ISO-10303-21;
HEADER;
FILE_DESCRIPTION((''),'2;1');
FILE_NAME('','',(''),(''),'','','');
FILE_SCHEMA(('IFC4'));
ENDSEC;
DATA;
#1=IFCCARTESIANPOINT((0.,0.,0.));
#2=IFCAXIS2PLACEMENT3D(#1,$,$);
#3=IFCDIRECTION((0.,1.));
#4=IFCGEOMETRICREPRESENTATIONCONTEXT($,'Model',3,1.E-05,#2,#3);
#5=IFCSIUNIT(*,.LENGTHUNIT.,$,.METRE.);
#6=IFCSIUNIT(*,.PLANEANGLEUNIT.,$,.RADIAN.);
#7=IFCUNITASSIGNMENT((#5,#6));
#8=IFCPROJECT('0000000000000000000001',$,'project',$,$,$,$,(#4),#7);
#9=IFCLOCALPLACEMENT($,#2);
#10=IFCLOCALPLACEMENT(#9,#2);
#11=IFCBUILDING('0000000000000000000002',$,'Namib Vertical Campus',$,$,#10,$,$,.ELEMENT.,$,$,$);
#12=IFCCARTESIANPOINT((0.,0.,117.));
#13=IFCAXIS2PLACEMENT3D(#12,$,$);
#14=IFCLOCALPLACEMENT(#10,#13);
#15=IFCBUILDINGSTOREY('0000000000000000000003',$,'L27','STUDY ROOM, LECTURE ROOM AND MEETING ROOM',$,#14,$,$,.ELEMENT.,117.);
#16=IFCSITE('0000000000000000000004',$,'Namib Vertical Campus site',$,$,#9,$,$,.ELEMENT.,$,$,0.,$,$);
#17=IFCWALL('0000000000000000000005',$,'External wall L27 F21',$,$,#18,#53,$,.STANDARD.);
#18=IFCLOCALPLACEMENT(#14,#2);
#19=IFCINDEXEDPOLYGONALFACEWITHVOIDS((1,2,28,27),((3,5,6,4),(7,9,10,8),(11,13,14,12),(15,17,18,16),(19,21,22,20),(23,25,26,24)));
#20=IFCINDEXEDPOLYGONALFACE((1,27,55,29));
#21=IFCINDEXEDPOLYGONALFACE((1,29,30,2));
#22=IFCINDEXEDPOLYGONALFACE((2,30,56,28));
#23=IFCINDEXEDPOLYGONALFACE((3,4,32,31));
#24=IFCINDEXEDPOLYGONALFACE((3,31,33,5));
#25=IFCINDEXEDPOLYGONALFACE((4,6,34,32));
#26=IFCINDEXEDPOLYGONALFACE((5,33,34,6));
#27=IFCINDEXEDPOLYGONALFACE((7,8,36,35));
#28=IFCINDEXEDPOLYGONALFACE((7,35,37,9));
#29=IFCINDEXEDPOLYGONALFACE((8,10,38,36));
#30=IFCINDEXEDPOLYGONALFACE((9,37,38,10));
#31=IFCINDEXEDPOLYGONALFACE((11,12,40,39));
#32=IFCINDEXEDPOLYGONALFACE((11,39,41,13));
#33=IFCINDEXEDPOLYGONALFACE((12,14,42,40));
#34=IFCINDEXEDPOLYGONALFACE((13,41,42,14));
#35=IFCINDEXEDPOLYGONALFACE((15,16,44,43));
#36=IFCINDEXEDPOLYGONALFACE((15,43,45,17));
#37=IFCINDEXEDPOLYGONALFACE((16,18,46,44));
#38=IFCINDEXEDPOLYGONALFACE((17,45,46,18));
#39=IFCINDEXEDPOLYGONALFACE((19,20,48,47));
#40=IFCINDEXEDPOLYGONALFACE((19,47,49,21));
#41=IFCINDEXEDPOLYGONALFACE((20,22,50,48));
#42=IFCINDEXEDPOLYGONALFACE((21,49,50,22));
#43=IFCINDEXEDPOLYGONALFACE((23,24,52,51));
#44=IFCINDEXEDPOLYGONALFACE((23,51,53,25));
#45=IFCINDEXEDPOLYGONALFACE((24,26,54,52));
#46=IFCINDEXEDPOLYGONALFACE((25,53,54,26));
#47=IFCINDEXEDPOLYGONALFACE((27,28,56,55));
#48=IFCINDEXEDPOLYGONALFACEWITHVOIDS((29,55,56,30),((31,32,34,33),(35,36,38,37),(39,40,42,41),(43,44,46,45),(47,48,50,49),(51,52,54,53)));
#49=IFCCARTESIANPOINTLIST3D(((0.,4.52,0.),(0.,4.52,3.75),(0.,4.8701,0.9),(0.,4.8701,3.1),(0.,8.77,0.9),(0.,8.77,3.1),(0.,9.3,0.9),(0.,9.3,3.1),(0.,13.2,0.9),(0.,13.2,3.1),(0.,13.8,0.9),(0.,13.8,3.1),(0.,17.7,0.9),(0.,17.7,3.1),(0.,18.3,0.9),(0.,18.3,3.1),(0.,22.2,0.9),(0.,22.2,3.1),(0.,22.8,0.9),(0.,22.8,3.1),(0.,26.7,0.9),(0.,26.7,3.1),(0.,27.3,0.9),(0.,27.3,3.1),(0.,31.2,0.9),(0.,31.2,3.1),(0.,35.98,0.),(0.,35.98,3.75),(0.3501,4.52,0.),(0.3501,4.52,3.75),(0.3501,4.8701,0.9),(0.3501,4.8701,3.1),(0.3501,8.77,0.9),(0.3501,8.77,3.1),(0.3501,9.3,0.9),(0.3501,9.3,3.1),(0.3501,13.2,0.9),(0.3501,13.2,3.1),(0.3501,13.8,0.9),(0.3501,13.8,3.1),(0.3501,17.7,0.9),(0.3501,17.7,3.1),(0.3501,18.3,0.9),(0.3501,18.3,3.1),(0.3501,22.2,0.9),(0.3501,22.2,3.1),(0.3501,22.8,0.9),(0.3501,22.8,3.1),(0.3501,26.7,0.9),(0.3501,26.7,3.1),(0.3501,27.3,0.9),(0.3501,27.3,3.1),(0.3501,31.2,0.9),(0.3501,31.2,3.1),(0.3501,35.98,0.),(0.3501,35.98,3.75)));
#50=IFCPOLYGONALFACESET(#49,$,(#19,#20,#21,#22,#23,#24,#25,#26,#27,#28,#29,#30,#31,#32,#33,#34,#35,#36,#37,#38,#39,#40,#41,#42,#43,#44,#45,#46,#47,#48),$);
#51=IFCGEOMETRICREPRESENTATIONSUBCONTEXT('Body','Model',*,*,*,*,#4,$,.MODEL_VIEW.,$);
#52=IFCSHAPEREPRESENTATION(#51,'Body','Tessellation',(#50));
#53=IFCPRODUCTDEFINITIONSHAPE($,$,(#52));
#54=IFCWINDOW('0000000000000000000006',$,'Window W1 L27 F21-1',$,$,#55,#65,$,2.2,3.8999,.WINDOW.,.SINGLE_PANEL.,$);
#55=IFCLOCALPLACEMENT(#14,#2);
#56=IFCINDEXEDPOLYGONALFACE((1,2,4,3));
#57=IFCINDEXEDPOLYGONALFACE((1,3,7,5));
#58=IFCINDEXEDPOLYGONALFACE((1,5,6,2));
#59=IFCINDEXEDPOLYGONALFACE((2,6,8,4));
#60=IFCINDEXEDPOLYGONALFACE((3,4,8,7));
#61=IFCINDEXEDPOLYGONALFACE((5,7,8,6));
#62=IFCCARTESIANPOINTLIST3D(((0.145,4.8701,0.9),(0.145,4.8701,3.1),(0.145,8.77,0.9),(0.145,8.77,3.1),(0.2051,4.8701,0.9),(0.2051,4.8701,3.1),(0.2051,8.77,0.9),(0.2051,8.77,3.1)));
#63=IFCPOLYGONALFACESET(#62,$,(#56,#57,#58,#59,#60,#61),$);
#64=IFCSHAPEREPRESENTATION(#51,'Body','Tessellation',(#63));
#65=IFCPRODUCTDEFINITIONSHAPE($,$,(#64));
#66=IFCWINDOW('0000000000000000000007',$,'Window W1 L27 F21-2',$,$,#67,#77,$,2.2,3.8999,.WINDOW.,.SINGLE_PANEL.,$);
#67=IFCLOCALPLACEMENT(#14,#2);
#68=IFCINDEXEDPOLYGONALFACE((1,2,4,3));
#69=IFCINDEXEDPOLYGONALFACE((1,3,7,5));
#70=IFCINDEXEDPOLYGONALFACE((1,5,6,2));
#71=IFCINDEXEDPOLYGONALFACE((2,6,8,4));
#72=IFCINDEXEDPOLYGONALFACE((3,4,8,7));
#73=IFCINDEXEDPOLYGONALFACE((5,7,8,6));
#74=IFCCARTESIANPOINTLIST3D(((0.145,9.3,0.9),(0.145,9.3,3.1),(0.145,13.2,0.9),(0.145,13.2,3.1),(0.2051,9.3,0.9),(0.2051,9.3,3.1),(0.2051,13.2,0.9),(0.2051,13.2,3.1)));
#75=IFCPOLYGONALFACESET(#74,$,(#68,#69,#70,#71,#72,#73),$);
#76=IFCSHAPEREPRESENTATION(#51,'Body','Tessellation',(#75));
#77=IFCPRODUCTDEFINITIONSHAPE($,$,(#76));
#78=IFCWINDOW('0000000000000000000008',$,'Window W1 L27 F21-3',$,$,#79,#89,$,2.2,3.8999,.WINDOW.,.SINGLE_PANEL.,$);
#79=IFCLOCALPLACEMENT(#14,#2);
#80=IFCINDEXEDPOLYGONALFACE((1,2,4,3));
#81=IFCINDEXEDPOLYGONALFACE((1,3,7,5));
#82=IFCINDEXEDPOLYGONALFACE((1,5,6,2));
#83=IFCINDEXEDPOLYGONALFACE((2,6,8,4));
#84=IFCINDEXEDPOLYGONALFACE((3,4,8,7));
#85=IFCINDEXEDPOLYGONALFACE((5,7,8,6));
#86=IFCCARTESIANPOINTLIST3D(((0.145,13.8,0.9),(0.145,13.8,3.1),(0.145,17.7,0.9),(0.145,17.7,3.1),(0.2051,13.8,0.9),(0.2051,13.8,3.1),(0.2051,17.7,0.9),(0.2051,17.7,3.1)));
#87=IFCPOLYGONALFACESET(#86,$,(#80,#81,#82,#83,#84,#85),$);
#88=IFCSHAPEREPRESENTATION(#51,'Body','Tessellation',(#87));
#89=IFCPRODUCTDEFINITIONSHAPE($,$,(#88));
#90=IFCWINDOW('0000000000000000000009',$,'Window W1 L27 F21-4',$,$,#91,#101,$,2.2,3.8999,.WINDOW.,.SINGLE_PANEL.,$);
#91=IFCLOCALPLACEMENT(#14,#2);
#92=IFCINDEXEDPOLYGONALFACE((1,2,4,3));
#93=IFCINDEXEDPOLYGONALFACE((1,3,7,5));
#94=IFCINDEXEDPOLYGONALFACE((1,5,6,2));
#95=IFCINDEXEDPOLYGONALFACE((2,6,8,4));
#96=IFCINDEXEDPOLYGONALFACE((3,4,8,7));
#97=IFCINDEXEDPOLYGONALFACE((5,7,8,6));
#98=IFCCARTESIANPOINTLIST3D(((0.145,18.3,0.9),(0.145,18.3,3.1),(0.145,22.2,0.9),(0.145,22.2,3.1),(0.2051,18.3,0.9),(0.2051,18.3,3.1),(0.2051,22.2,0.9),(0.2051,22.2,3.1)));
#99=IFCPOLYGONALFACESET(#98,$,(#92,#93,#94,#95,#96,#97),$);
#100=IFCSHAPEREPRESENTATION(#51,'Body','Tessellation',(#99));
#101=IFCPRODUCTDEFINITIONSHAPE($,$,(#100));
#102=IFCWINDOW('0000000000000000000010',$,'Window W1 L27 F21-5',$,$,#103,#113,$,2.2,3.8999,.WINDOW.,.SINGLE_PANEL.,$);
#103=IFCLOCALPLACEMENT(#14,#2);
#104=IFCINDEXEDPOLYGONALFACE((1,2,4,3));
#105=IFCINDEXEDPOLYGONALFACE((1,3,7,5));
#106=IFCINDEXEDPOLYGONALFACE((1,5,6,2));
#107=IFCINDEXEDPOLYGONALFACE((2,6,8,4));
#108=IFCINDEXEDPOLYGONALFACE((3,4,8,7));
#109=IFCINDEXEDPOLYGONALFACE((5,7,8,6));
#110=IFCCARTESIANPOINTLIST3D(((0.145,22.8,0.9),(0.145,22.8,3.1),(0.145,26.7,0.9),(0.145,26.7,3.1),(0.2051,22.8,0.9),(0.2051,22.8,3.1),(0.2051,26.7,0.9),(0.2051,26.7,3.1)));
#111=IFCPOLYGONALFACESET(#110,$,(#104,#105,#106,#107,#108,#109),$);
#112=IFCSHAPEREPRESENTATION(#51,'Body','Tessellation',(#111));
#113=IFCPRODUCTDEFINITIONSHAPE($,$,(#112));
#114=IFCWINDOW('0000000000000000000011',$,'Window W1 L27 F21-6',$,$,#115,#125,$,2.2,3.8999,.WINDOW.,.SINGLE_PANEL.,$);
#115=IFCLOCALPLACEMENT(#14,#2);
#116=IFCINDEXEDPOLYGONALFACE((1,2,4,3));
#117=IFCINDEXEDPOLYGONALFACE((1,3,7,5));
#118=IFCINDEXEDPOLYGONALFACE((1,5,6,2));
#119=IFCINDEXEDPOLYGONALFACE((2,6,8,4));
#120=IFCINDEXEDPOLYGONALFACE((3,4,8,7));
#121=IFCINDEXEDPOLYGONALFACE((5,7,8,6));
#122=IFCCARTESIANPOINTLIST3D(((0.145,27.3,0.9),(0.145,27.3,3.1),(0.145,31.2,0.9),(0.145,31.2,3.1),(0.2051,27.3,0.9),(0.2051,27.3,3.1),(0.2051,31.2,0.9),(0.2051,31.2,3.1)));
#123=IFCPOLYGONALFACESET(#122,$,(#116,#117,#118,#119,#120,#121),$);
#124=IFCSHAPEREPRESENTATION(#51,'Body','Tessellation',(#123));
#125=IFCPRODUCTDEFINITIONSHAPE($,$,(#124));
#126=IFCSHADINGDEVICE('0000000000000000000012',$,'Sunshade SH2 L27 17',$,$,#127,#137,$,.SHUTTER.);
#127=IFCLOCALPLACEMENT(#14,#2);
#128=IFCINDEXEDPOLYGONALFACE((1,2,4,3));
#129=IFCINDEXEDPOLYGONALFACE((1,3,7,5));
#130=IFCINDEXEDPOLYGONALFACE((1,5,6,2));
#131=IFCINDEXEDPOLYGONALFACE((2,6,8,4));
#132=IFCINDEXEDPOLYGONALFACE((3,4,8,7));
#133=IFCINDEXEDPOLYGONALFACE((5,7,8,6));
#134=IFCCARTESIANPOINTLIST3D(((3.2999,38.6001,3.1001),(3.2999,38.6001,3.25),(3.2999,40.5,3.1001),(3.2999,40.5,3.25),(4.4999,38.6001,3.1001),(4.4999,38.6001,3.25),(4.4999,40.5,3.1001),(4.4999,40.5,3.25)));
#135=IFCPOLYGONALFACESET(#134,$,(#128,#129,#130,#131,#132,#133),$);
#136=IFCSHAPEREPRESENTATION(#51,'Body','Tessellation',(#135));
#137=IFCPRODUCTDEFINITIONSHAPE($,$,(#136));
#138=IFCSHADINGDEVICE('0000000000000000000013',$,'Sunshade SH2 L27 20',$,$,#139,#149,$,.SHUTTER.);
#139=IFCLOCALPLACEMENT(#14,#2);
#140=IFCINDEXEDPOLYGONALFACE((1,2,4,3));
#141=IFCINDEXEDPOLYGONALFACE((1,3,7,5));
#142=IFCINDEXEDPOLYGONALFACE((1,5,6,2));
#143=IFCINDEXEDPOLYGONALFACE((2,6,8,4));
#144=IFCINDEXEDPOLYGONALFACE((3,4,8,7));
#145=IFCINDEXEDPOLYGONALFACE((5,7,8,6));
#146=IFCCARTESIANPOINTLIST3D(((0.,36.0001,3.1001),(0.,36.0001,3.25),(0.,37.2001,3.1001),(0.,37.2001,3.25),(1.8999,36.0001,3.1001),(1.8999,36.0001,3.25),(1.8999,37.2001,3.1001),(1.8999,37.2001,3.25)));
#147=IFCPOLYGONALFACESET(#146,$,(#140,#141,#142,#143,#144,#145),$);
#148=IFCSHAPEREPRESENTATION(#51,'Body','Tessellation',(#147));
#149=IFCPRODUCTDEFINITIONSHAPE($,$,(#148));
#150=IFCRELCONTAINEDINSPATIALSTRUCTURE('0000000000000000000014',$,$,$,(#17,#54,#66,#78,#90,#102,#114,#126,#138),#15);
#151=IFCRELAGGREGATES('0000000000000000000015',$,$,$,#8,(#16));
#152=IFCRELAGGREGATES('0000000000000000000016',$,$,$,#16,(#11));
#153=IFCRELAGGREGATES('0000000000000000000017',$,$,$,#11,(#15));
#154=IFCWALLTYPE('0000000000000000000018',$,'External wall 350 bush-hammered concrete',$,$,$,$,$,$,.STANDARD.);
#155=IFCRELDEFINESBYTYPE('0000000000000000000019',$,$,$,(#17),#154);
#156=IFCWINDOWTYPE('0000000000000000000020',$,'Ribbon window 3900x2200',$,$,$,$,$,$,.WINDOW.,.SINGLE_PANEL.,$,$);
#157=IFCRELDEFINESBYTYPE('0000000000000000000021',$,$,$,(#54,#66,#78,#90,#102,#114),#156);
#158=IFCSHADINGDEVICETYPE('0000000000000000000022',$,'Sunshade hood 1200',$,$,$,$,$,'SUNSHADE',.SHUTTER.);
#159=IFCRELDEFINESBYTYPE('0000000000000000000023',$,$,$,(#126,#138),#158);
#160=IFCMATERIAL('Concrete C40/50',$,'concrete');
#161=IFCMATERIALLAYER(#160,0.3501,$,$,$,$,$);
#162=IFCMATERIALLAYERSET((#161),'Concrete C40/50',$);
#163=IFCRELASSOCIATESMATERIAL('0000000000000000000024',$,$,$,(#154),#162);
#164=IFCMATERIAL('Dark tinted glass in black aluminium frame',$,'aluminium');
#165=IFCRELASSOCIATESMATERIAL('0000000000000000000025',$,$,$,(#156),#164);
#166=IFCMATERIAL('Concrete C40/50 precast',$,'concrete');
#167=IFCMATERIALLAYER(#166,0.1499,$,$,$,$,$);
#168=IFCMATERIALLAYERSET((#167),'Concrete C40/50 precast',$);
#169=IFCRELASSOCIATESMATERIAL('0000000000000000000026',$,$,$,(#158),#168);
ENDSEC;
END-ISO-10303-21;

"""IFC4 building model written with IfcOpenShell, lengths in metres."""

from ifc_helpers import new_model, si_unit, direction, frame, frame_2d, origin, origin_2d, place, context, subcontext, project, spatial, rectangle, extrude, material, layer, layer_set, type_object, element, fill, save


model = new_model("IFC4")

# Units and contexts
model_context = context("Model", 3, precision=1e-05, world=origin(), true_north=direction((0.0, 1.0)))
body_context = subcontext(model_context, "Body", "Model", "MODEL_VIEW")
ifc_project = project(units=[si_unit("LENGTHUNIT", "METRE"), si_unit("PLANEANGLEUNIT", "RADIAN")], contexts=[model_context])

# Site, building, storey
site_placement = place(None, origin())
site = spatial("IfcSite", under=ifc_project, at=site_placement, Name="Namib Vertical Campus site", CompositionType="ELEMENT", RefElevation=0.0)
building_placement = place(site_placement, origin())
building = spatial("IfcBuilding", under=site, at=building_placement, Name="Namib Vertical Campus", CompositionType="ELEMENT")
storey_placement = place(building_placement, frame((0.0, 0.0, 117.0)))
storey = spatial("IfcBuildingStorey", under=building, at=storey_placement, Name="L27", Description="STUDY ROOM, LECTURE ROOM AND MEETING ROOM", CompositionType="ELEMENT", Elevation=117.0)

# Shared definitions
ifc_material_1 = material(Name="Concrete C40/50", Category="concrete")
ifc_layer_1 = layer(ifc_material_1, 0.3501)
ifc_layer_set_1 = layer_set([ifc_layer_1], Name="Concrete C40/50")
wall_type = type_object("IfcWallType", Name="External wall 350 bush-hammered concrete", PredefinedType="STANDARD", material=ifc_layer_set_1)

# Wall, openings, windows
wall_1_placement = place(storey_placement, frame((0.175, 35.98, 0.0), z_axis=(0.0, 0.0, 1.0), x_axis=(0.0, -1.0, 0.0)))
wall_1 = element("IfcWall", 1, at=wall_1_placement, inside=storey, type_object=wall_type, Name="External wall L27 F21", PredefinedType="STANDARD", context=body_context, shape_type="SweptSolid", body=[
    extrude(rectangle(XDim=31.46, YDim=0.3501, at=frame_2d((15.73, 0.0))), origin(), (0.0, 0.0, 1.0), 3.75),
])
opening_1_placement = place(wall_1_placement, frame((27.21, 0.0, 0.8999)))
opening_1 = element("IfcOpeningElement", 2, at=opening_1_placement, cuts=wall_1, PredefinedType="OPENING", context=body_context, shape_type="SweptSolid", body=[
    extrude(rectangle(XDim=3.8999, YDim=2.2, at=frame_2d((1.95, 1.1001))), frame((0.0, 0.1851, 0.0), z_axis=(0.0, -1.0, 0.0), x_axis=(1.0, 0.0, 0.0)), (0.0, 0.0, 1.0), 0.3701),
])
opening_2_placement = place(wall_1_placement, frame((22.78, 0.0, 0.8999)))
opening_2 = element("IfcOpeningElement", 3, at=opening_2_placement, cuts=wall_1, PredefinedType="OPENING", context=body_context, shape_type="SweptSolid", body=[
    extrude(rectangle(XDim=3.8999, YDim=2.2, at=frame_2d((1.95, 1.1001))), frame((0.0, 0.1851, 0.0), z_axis=(0.0, -1.0, 0.0), x_axis=(1.0, 0.0, 0.0)), (0.0, 0.0, 1.0), 0.3701),
])
opening_3_placement = place(wall_1_placement, frame((18.28, 0.0, 0.8999)))
opening_3 = element("IfcOpeningElement", 4, at=opening_3_placement, cuts=wall_1, PredefinedType="OPENING", context=body_context, shape_type="SweptSolid", body=[
    extrude(rectangle(XDim=3.8999, YDim=2.2, at=frame_2d((1.95, 1.1001))), frame((0.0, 0.1851, 0.0), z_axis=(0.0, -1.0, 0.0), x_axis=(1.0, 0.0, 0.0)), (0.0, 0.0, 1.0), 0.3701),
])
opening_4_placement = place(wall_1_placement, frame((13.78, 0.0, 0.8999)))
opening_4 = element("IfcOpeningElement", 5, at=opening_4_placement, cuts=wall_1, PredefinedType="OPENING", context=body_context, shape_type="SweptSolid", body=[
    extrude(rectangle(XDim=3.8999, YDim=2.2, at=frame_2d((1.95, 1.1001))), frame((0.0, 0.1851, 0.0), z_axis=(0.0, -1.0, 0.0), x_axis=(1.0, 0.0, 0.0)), (0.0, 0.0, 1.0), 0.3701),
])
opening_5_placement = place(wall_1_placement, frame((9.28, 0.0, 0.8999)))
opening_5 = element("IfcOpeningElement", 6, at=opening_5_placement, cuts=wall_1, PredefinedType="OPENING", context=body_context, shape_type="SweptSolid", body=[
    extrude(rectangle(XDim=3.8999, YDim=2.2, at=frame_2d((1.95, 1.1001))), frame((0.0, 0.1851, 0.0), z_axis=(0.0, -1.0, 0.0), x_axis=(1.0, 0.0, 0.0)), (0.0, 0.0, 1.0), 0.3701),
])
opening_6_placement = place(wall_1_placement, frame((4.78, 0.0, 0.8999)))
opening_6 = element("IfcOpeningElement", 7, at=opening_6_placement, cuts=wall_1, PredefinedType="OPENING", context=body_context, shape_type="SweptSolid", body=[
    extrude(rectangle(XDim=3.8999, YDim=2.2, at=frame_2d((1.95, 1.1001))), frame((0.0, 0.1851, 0.0), z_axis=(0.0, -1.0, 0.0), x_axis=(1.0, 0.0, 0.0)), (0.0, 0.0, 1.0), 0.3701),
])
ifc_material_2 = material(Name="Dark tinted glass in black aluminium frame", Category="aluminium")
window_type = type_object("IfcWindowType", Name="Ribbon window 3900x2200", PartitioningType="SINGLE_PANEL", PredefinedType="WINDOW", material=ifc_material_2)
window_1_placement = place(opening_1_placement, origin())
window_1 = element("IfcWindow", 8, at=window_1_placement, inside=storey, type_object=window_type, Name="Window W1 L27 F21-1", OverallHeight=2.2, OverallWidth=3.8999, PartitioningType="SINGLE_PANEL", PredefinedType="WINDOW", context=body_context, shape_type="SweptSolid", body=[
    extrude(rectangle(XDim=3.8999, YDim=2.2, at=frame_2d((1.95, 1.1001))), frame((0.0, 0.03, 0.0), z_axis=(0.0, -1.0, 0.0), x_axis=(1.0, 0.0, 0.0)), (0.0, 0.0, 1.0), 0.0601),
])
fill(opening_1, window_1)
window_2_placement = place(opening_2_placement, origin())
window_2 = element("IfcWindow", 9, at=window_2_placement, inside=storey, type_object=window_type, Name="Window W1 L27 F21-2", OverallHeight=2.2, OverallWidth=3.8999, PartitioningType="SINGLE_PANEL", PredefinedType="WINDOW", context=body_context, shape_type="SweptSolid", body=[
    extrude(rectangle(XDim=3.8999, YDim=2.2, at=frame_2d((1.95, 1.1001))), frame((0.0, 0.03, 0.0), z_axis=(0.0, -1.0, 0.0), x_axis=(1.0, 0.0, 0.0)), (0.0, 0.0, 1.0), 0.0601),
])
fill(opening_2, window_2)
window_3_placement = place(opening_3_placement, origin())
window_3 = element("IfcWindow", 10, at=window_3_placement, inside=storey, type_object=window_type, Name="Window W1 L27 F21-3", OverallHeight=2.2, OverallWidth=3.8999, PartitioningType="SINGLE_PANEL", PredefinedType="WINDOW", context=body_context, shape_type="SweptSolid", body=[
    extrude(rectangle(XDim=3.8999, YDim=2.2, at=frame_2d((1.95, 1.1001))), frame((0.0, 0.03, 0.0), z_axis=(0.0, -1.0, 0.0), x_axis=(1.0, 0.0, 0.0)), (0.0, 0.0, 1.0), 0.0601),
])
fill(opening_3, window_3)
window_4_placement = place(opening_4_placement, origin())
window_4 = element("IfcWindow", 11, at=window_4_placement, inside=storey, type_object=window_type, Name="Window W1 L27 F21-4", OverallHeight=2.2, OverallWidth=3.8999, PartitioningType="SINGLE_PANEL", PredefinedType="WINDOW", context=body_context, shape_type="SweptSolid", body=[
    extrude(rectangle(XDim=3.8999, YDim=2.2, at=frame_2d((1.95, 1.1001))), frame((0.0, 0.03, 0.0), z_axis=(0.0, -1.0, 0.0), x_axis=(1.0, 0.0, 0.0)), (0.0, 0.0, 1.0), 0.0601),
])
fill(opening_4, window_4)
window_5_placement = place(opening_5_placement, origin())
window_5 = element("IfcWindow", 12, at=window_5_placement, inside=storey, type_object=window_type, Name="Window W1 L27 F21-5", OverallHeight=2.2, OverallWidth=3.8999, PartitioningType="SINGLE_PANEL", PredefinedType="WINDOW", context=body_context, shape_type="SweptSolid", body=[
    extrude(rectangle(XDim=3.8999, YDim=2.2, at=frame_2d((1.95, 1.1001))), frame((0.0, 0.03, 0.0), z_axis=(0.0, -1.0, 0.0), x_axis=(1.0, 0.0, 0.0)), (0.0, 0.0, 1.0), 0.0601),
])
fill(opening_5, window_5)
window_6_placement = place(opening_6_placement, origin())
window_6 = element("IfcWindow", 13, at=window_6_placement, inside=storey, type_object=window_type, Name="Window W1 L27 F21-6", OverallHeight=2.2, OverallWidth=3.8999, PartitioningType="SINGLE_PANEL", PredefinedType="WINDOW", context=body_context, shape_type="SweptSolid", body=[
    extrude(rectangle(XDim=3.8999, YDim=2.2, at=frame_2d((1.95, 1.1001))), frame((0.0, 0.03, 0.0), z_axis=(0.0, -1.0, 0.0), x_axis=(1.0, 0.0, 0.0)), (0.0, 0.0, 1.0), 0.0601),
])
fill(opening_6, window_6)

# Shading devices
ifc_material_3 = material(Name="Concrete C40/50 precast", Category="concrete")
ifc_layer_2 = layer(ifc_material_3, 0.1499)
ifc_layer_set_2 = layer_set([ifc_layer_2], Name="Concrete C40/50 precast")
shading_device_type = type_object("IfcShadingDeviceType", Name="Sunshade hood 1200", ElementType="SUNSHADE", PredefinedType="SHUTTER", material=ifc_layer_set_2)
for number, where, z_axis, x_axis, name in (
    (14, (3.8999, 39.55, 3.1001), (0.0, 0.0, 1.0), (0.0, -1.0, 0.0), "Sunshade SH2 L27 17"),
    (15, (0.95, 36.6001, 3.1001), (0.0, 0.0, 1.0), (-1.0, 0.0, 0.0), "Sunshade SH2 L27 20"),
):
    element("IfcShadingDevice", number, at=place(storey_placement, frame(where, z_axis=z_axis, x_axis=x_axis)), inside=storey, type_object=shading_device_type, Name=name, PredefinedType="SHUTTER", context=body_context, shape_type="SweptSolid", body=[
        extrude(rectangle(XDim=1.8999, YDim=1.2, at=origin_2d()), origin(), (0.0, 0.0, 1.0), 0.1499),
    ])

save(model, "model.ifc")
